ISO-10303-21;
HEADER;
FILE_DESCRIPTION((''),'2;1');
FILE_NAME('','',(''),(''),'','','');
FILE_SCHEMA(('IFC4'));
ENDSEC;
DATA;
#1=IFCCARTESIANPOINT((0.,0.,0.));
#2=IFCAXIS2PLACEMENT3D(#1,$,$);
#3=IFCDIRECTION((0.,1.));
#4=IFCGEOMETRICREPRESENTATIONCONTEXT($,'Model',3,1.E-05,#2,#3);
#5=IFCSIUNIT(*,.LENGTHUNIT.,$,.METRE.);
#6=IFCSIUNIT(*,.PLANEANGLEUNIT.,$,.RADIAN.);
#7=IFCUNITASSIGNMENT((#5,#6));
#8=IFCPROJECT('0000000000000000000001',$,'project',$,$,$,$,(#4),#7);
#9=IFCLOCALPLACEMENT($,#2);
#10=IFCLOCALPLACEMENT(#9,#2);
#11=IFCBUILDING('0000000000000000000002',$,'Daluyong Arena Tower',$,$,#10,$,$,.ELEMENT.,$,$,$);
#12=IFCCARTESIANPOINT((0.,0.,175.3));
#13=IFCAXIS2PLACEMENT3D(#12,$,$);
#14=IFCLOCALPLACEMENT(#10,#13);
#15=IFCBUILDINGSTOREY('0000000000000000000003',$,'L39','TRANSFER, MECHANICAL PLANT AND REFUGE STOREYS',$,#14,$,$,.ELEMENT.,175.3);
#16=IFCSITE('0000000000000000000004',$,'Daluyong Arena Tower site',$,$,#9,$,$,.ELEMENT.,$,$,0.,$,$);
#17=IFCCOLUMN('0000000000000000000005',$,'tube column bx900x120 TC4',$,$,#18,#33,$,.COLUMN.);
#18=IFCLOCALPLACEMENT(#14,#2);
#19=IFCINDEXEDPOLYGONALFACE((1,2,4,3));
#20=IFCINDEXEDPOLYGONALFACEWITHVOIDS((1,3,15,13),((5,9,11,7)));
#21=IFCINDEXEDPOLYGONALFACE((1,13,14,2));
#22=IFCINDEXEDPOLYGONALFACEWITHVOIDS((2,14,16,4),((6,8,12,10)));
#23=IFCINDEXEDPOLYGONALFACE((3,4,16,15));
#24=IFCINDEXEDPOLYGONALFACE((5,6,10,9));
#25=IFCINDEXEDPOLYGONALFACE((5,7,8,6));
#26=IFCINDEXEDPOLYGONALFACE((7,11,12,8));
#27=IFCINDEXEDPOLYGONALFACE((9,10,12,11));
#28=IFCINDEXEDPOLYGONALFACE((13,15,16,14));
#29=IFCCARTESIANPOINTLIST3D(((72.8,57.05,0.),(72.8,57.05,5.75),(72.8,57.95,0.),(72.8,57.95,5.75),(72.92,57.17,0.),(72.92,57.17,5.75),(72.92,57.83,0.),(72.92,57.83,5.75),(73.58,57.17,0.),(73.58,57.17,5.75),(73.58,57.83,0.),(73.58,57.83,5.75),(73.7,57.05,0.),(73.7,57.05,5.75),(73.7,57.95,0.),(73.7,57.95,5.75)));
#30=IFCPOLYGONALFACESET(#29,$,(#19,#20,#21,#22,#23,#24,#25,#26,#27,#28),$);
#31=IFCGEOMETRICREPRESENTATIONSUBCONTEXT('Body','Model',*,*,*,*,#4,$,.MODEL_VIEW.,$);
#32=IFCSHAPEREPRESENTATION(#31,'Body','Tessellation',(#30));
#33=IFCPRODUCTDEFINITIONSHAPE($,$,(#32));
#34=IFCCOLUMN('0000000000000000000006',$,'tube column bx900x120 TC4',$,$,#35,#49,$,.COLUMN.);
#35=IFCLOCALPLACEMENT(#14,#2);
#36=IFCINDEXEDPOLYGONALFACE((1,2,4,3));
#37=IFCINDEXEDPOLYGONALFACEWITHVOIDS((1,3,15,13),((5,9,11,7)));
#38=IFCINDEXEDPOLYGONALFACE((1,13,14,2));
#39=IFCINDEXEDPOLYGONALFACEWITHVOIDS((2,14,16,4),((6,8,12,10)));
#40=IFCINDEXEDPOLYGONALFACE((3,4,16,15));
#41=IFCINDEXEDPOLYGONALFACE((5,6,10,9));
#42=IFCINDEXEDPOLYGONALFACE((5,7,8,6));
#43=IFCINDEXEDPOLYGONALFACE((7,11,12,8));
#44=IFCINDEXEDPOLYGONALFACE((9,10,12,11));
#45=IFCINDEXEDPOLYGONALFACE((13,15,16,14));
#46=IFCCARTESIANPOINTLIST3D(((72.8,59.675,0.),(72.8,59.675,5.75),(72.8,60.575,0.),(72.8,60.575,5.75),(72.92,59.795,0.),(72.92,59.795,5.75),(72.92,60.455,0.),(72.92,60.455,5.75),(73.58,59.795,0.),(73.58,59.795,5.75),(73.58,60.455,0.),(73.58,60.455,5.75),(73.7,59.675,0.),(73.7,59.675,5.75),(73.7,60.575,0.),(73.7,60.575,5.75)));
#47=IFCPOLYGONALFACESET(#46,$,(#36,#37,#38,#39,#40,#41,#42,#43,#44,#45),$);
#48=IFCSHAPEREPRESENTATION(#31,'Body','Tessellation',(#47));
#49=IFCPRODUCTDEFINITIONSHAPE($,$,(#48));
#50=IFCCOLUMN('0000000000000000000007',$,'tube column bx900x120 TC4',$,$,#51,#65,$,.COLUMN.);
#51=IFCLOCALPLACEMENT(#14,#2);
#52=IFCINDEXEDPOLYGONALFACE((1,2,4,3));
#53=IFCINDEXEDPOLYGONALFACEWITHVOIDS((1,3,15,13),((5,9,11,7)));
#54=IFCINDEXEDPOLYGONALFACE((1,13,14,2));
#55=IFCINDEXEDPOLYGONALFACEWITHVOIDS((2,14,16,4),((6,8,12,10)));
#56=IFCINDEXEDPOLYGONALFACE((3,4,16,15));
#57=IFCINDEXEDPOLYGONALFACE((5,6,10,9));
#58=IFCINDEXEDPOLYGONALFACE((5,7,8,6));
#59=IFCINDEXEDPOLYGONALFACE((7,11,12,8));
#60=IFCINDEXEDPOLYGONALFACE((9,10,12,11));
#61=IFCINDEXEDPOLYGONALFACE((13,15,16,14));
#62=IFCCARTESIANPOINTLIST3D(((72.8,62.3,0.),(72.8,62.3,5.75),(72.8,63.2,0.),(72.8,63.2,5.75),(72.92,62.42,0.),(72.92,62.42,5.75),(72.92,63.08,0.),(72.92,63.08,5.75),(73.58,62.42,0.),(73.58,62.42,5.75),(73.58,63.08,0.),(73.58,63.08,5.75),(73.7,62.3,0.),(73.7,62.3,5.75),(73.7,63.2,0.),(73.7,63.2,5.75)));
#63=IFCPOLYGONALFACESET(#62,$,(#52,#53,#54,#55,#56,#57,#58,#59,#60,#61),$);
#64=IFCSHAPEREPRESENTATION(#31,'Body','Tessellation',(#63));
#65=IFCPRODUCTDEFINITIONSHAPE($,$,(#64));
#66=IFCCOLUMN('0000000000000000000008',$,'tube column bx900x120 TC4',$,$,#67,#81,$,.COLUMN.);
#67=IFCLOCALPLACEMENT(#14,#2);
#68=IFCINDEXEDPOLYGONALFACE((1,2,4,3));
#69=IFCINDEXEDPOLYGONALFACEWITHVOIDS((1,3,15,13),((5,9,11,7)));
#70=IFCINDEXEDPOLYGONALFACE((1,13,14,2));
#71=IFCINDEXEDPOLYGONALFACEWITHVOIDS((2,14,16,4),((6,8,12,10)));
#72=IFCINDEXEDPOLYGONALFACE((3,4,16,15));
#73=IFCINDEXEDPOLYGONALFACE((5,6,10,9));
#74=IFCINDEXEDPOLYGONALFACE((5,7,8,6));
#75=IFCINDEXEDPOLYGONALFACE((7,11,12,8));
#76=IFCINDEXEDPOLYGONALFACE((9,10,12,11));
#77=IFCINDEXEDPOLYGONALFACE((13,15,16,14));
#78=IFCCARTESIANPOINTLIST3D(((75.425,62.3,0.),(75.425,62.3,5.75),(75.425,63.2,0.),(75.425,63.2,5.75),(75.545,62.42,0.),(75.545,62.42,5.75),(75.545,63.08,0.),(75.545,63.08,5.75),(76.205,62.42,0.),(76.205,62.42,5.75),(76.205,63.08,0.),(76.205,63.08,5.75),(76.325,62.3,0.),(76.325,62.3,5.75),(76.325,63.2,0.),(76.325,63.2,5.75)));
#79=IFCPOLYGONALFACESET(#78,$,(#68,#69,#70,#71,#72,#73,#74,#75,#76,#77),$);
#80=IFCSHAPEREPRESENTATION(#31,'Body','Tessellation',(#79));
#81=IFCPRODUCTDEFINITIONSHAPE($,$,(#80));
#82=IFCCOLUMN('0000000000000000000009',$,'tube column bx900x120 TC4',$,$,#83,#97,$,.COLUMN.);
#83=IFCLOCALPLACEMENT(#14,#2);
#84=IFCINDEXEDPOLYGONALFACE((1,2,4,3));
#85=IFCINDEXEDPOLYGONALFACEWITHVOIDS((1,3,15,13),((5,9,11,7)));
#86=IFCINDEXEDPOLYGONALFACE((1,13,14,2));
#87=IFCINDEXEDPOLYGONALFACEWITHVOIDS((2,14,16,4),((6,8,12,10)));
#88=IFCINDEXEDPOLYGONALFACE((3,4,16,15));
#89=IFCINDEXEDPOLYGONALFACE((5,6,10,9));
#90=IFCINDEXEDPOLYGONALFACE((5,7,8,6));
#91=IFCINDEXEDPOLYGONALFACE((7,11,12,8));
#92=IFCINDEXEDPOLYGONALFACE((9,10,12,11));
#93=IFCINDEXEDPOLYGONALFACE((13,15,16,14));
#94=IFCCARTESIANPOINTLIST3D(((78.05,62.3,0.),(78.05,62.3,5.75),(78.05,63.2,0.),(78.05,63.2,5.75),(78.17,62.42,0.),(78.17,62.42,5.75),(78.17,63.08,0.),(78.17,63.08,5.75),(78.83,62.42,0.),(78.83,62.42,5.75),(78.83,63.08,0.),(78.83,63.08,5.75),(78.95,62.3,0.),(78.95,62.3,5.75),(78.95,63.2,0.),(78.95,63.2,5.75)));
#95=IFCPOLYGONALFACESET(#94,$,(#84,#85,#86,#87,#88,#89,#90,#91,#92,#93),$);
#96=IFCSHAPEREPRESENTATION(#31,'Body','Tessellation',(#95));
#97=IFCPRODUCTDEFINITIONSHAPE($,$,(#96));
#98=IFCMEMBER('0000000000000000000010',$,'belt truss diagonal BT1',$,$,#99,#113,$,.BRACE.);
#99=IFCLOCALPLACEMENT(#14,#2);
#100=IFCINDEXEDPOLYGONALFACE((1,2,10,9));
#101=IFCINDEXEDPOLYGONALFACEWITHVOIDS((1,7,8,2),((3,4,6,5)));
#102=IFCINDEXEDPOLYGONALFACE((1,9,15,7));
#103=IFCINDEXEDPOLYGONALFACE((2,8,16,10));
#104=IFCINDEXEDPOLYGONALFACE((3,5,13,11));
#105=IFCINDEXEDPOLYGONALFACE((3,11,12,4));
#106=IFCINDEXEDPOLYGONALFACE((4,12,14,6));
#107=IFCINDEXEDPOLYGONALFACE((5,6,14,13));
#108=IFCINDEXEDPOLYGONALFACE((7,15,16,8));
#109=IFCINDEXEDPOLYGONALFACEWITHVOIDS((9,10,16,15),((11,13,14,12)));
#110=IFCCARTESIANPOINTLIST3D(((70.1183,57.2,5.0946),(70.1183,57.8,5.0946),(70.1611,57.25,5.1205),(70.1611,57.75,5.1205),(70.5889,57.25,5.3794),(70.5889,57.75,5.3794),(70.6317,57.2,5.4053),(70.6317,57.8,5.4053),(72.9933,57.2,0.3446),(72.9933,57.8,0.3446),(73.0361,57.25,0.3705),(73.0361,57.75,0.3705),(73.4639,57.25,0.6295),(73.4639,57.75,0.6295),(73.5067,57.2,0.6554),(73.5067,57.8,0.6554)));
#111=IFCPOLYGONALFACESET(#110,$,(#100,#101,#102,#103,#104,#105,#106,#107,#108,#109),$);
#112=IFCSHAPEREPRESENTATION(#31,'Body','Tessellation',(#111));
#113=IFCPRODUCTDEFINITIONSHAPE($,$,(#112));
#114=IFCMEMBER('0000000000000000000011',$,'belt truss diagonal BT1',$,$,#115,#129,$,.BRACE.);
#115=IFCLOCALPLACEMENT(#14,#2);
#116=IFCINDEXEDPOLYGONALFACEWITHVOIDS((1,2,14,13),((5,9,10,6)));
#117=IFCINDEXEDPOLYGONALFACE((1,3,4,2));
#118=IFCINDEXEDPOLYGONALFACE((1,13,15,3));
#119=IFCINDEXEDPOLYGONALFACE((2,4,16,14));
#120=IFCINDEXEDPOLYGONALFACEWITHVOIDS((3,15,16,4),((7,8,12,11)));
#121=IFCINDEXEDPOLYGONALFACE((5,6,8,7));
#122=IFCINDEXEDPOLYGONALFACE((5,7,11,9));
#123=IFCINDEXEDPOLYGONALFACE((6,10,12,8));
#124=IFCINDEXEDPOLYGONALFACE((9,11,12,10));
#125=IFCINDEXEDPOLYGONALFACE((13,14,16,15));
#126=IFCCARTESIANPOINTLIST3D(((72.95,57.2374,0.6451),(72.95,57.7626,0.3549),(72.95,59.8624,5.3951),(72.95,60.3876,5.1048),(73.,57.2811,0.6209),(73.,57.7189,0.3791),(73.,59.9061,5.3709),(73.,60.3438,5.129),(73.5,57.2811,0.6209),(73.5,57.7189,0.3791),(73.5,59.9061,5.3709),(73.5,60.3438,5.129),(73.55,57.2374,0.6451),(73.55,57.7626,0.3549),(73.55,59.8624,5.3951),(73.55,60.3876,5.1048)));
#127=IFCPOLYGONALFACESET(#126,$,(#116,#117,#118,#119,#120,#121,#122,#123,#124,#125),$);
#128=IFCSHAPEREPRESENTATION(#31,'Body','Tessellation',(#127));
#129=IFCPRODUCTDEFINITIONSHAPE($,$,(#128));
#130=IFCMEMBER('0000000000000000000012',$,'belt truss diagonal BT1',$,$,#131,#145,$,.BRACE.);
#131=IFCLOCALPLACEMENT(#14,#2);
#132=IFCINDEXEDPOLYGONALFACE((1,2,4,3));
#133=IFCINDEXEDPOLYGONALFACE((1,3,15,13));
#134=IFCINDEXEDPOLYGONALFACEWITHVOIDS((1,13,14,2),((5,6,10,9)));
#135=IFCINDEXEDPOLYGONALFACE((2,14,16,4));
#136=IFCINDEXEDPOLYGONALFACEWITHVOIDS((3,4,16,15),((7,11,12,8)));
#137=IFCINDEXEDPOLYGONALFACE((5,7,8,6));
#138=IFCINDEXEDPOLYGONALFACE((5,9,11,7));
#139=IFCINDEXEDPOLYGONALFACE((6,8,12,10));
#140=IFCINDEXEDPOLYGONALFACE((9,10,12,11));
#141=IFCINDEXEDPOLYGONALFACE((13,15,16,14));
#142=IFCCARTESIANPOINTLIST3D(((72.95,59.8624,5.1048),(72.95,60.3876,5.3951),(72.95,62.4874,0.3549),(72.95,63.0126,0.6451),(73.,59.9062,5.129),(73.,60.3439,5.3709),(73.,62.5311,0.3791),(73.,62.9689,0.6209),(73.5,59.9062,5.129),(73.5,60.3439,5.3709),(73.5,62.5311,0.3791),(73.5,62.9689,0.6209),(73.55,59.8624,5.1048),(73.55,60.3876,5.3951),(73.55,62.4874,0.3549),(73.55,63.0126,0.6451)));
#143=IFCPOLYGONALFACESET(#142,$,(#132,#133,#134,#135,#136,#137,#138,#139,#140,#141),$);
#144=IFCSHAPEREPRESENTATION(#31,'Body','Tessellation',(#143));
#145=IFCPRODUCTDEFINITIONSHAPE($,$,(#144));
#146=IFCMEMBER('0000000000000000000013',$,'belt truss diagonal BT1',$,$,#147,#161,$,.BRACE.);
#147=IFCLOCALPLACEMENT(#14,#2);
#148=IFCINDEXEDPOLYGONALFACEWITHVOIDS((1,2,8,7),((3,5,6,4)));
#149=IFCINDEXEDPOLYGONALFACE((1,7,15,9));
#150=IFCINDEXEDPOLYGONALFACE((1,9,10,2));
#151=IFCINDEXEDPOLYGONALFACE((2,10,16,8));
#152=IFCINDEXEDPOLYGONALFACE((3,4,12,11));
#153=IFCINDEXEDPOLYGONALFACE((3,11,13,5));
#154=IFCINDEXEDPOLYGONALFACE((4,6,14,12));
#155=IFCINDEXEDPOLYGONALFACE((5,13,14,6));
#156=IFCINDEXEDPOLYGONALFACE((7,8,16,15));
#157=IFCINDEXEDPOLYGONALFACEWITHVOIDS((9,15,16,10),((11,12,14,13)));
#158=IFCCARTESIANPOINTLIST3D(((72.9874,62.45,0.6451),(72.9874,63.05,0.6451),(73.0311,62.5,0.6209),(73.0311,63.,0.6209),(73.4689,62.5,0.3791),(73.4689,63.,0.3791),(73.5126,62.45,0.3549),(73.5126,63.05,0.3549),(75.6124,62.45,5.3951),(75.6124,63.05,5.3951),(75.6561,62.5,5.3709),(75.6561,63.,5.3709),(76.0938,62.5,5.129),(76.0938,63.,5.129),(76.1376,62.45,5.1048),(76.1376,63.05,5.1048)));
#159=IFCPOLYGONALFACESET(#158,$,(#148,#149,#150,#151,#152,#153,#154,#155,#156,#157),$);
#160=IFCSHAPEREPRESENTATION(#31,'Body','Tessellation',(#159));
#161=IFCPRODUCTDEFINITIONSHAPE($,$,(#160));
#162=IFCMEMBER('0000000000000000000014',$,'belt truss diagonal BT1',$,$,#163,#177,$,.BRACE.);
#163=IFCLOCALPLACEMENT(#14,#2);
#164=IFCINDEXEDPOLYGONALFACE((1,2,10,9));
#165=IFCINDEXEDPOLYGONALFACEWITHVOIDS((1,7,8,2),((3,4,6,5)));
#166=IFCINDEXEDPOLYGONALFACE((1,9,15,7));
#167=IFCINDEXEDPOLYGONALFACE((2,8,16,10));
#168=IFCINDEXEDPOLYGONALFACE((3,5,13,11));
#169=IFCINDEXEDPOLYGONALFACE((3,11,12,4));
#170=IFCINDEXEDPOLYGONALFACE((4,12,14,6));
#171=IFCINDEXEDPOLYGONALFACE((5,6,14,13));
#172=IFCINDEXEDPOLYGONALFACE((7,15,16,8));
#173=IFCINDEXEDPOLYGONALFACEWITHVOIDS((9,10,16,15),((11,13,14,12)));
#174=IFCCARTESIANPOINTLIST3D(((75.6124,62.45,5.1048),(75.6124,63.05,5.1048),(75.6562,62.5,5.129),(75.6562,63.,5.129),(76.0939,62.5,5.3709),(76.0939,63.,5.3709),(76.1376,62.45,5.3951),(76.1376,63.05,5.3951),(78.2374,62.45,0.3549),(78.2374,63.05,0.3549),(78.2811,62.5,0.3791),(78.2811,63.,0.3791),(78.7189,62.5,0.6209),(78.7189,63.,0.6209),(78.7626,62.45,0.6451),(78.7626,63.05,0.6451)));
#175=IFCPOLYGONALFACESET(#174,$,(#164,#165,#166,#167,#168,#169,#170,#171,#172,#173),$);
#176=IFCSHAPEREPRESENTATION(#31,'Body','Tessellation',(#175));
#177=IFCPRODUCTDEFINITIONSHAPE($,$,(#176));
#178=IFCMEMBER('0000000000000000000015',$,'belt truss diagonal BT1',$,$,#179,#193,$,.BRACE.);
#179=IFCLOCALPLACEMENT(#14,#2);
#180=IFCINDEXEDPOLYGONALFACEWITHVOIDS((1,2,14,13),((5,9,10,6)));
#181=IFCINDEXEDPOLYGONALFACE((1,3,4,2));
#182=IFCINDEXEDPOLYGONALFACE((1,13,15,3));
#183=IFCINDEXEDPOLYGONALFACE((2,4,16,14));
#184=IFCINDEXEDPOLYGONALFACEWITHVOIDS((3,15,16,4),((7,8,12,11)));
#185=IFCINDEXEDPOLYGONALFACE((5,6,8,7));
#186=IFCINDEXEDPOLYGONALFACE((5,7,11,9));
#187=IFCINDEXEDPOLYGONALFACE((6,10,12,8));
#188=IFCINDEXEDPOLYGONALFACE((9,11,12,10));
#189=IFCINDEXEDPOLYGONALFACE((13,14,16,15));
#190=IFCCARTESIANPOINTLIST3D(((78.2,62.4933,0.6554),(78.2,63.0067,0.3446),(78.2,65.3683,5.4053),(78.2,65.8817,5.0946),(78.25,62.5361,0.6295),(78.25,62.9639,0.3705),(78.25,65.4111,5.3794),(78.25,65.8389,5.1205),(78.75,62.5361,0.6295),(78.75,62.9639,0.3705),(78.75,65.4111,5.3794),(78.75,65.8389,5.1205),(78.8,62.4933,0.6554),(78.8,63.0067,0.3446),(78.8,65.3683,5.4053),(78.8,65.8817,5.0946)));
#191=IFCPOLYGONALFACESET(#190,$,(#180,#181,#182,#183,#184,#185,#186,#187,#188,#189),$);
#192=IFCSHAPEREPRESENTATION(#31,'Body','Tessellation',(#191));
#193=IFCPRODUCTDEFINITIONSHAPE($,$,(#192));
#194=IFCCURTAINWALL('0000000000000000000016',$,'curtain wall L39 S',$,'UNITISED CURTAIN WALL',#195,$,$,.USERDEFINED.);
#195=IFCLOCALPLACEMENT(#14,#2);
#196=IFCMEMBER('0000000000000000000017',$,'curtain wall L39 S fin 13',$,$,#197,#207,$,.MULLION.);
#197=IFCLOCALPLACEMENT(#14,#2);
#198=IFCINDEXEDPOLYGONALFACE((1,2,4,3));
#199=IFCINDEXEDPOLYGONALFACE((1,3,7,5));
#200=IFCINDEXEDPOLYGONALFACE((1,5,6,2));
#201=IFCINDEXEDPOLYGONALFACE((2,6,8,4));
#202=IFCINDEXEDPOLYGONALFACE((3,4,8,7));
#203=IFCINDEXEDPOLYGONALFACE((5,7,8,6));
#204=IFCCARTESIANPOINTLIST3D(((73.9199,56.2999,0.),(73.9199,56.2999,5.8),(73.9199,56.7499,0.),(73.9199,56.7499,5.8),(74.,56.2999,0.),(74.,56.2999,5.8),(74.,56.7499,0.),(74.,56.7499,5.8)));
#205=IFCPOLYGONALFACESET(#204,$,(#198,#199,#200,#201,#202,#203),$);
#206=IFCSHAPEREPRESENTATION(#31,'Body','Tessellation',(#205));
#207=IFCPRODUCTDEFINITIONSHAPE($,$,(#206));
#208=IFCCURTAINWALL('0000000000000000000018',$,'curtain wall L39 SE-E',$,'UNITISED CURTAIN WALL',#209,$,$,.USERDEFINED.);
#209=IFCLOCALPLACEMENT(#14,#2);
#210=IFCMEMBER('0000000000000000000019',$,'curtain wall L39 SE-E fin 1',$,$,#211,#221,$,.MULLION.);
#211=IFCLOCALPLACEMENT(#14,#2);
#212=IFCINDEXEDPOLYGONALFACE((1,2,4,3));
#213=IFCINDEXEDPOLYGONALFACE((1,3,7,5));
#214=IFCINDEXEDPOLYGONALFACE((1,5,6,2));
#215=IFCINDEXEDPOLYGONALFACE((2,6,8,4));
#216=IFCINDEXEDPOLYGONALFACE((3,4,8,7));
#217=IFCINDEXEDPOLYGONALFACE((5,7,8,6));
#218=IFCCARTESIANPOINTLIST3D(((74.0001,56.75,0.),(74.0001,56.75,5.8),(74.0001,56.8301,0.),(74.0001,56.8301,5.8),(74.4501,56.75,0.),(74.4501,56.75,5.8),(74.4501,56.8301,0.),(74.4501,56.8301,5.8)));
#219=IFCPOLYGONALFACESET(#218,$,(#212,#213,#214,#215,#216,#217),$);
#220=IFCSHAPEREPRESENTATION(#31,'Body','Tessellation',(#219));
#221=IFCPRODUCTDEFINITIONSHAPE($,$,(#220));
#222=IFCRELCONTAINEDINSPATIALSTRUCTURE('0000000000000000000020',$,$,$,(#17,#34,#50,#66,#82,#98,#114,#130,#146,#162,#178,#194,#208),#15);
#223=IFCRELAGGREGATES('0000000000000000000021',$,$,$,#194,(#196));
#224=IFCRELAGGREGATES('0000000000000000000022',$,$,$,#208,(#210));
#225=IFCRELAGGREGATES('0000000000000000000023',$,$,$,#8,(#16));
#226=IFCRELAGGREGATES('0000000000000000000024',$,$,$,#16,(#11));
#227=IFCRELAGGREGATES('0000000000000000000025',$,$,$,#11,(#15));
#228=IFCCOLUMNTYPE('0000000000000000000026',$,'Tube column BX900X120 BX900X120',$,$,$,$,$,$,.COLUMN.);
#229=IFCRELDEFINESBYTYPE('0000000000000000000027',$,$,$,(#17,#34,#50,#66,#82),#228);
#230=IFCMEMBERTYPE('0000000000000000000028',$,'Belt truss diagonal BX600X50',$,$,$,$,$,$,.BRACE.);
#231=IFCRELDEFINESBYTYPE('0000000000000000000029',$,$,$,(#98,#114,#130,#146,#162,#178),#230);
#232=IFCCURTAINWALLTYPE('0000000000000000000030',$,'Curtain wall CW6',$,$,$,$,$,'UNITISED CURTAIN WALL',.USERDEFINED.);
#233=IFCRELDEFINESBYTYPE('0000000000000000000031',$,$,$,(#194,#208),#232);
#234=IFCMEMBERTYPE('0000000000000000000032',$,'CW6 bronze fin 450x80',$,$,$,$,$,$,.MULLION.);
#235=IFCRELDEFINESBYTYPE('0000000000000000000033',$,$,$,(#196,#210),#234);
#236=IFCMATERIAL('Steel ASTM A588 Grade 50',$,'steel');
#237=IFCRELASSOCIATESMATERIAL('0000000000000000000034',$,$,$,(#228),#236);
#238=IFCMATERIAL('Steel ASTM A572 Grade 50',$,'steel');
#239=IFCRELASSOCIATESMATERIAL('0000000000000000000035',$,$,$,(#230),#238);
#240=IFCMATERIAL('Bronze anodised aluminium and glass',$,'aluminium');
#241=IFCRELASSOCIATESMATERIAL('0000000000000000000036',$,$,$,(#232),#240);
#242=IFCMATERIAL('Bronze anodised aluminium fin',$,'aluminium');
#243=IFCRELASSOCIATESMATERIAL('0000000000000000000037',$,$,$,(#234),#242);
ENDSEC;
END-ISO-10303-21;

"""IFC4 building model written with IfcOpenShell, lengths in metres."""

from ifc_helpers import new_model, si_unit, direction, frame, origin, origin_2d, place, context, subcontext, project, spatial, rectangle, hollow_rectangle, extrude, material, material_profile, profile_set, type_object, element, aggregate, save


model = new_model("IFC4")

# Units and contexts
model_context = context("Model", 3, precision=1e-05, world=origin(), true_north=direction((0.0, 1.0)))
body_context = subcontext(model_context, "Body", "Model", "MODEL_VIEW")
ifc_project = project(units=[si_unit("LENGTHUNIT", "METRE"), si_unit("PLANEANGLEUNIT", "RADIAN")], contexts=[model_context])

# Site, building, storey
site_placement = place(None, origin())
site = spatial("IfcSite", under=ifc_project, at=site_placement, Name="Daluyong Arena Tower site", CompositionType="ELEMENT", RefElevation=0.0)
building_placement = place(site_placement, origin())
building = spatial("IfcBuilding", under=site, at=building_placement, Name="Daluyong Arena Tower", CompositionType="ELEMENT")
storey_placement = place(building_placement, frame((0.0, 0.0, 175.3)))
storey = spatial("IfcBuildingStorey", under=building, at=storey_placement, Name="L39", Description="TRANSFER, MECHANICAL PLANT AND REFUGE STOREYS", CompositionType="ELEMENT", Elevation=175.3)

# Columns
ifc_material_1 = material(Name="Steel ASTM A588 Grade 50", Category="steel")
ifc_material_profile_1 = material_profile(ifc_material_1, hollow_rectangle(XDim=0.8999, YDim=0.8999, WallThickness=0.12, at=origin_2d()))
ifc_profile_set_1 = profile_set([ifc_material_profile_1], Name="Steel ASTM A588 Grade 50")
column_type = type_object("IfcColumnType", Name="Tube column BX900X120 BX900X120", PredefinedType="COLUMN", material=ifc_profile_set_1)
for number, where, z_axis, x_axis, name in (
    (1, (73.25, 57.5, 0.0), (0.0, 0.0, 1.0), (0.0, 1.0, 0.0), "tube column bx900x120 TC4"),
    (2, (73.25, 60.125, 0.0), (0.0, 0.0, 1.0), (0.0, 1.0, 0.0), "tube column bx900x120 TC4"),
    (3, (73.25, 62.75, 0.0), (0.0, 0.0, 1.0), (1.0, 0.0, 0.0), "tube column bx900x120 TC4"),
    (4, (75.875, 62.75, 0.0), (0.0, 0.0, 1.0), (1.0, 0.0, 0.0), "tube column bx900x120 TC4"),
    (5, (78.5, 62.75, 0.0), (0.0, 0.0, 1.0), (0.0, 1.0, 0.0), "tube column bx900x120 TC4"),
):
    element("IfcColumn", number, at=place(storey_placement, frame(where, z_axis=z_axis, x_axis=x_axis)), inside=storey, type_object=column_type, Name=name, PredefinedType="COLUMN", context=body_context, shape_type="SweptSolid", body=[
        extrude(hollow_rectangle(XDim=0.8999, YDim=0.8999, WallThickness=0.12, at=origin_2d()), origin(), (0.0, 0.0, 1.0), 5.75),
    ])

# Members
ifc_material_2 = material(Name="Steel ASTM A572 Grade 50", Category="steel")
ifc_material_profile_2 = material_profile(ifc_material_2, hollow_rectangle(XDim=0.6001, YDim=0.6001, WallThickness=0.05, at=origin_2d()))
ifc_profile_set_2 = profile_set([ifc_material_profile_2], Name="Steel ASTM A572 Grade 50")
member_type_1 = type_object("IfcMemberType", Name="Belt truss diagonal BX600X50", PredefinedType="BRACE", material=ifc_profile_set_2)
member_1_placement = place(storey_placement, frame((73.25, 57.5, 0.5), z_axis=(-0.517803, 0.0, 0.8555), x_axis=(0.0, -1.0, 0.0)))
element("IfcMember", 6, at=member_1_placement, inside=storey, type_object=member_type_1, Name="belt truss diagonal BT1", PredefinedType="BRACE", context=body_context, shape_type="SweptSolid", body=[
    extrude(hollow_rectangle(XDim=0.6001, YDim=0.6001, WallThickness=0.05, at=origin_2d()), origin(), (0.0, 0.0, 1.0), 5.5522),
])
for number, where, z_axis, x_axis, name in (
    (7, (73.25, 57.5, 0.5), (0.0, 0.483686, 0.875242), (-1.0, 0.0, 0.0), "belt truss diagonal BT1"),
    (8, (73.25, 62.75, 0.5), (0.0, -0.483686, 0.875242), (1.0, 0.0, 0.0), "belt truss diagonal BT1"),
    (9, (73.25, 62.75, 0.5), (0.483686, 0.0, 0.875242), (0.0, 1.0, 0.0), "belt truss diagonal BT1"),
    (10, (78.5, 62.75, 0.5), (-0.483686, 0.0, 0.875242), (0.0, -1.0, 0.0), "belt truss diagonal BT1"),
):
    element("IfcMember", number, at=place(storey_placement, frame(where, z_axis=z_axis, x_axis=x_axis)), inside=storey, type_object=member_type_1, Name=name, PredefinedType="BRACE", context=body_context, shape_type="SweptSolid", body=[
        extrude(hollow_rectangle(XDim=0.6001, YDim=0.6001, WallThickness=0.05, at=origin_2d()), origin(), (0.0, 0.0, 1.0), 5.427),
    ])
member_2_placement = place(storey_placement, frame((78.5, 62.75, 0.5), z_axis=(0.0, 0.517803, 0.8555), x_axis=(-1.0, 0.0, 0.0)))
element("IfcMember", 11, at=member_2_placement, inside=storey, type_object=member_type_1, Name="belt truss diagonal BT1", PredefinedType="BRACE", context=body_context, shape_type="SweptSolid", body=[
    extrude(hollow_rectangle(XDim=0.6001, YDim=0.6001, WallThickness=0.05, at=origin_2d()), origin(), (0.0, 0.0, 1.0), 5.5522),
])

# Curtain wall, member
ifc_material_3 = material(Name="Bronze anodised aluminium and glass", Category="aluminium")
curtain_wall_type = type_object("IfcCurtainWallType", Name="Curtain wall CW6", ElementType="UNITISED CURTAIN WALL", PredefinedType="USERDEFINED", material=ifc_material_3)
curtain_wall_1_placement = place(storey_placement, origin())
curtain_wall_1 = element("IfcCurtainWall", 12, at=curtain_wall_1_placement, inside=storey, type_object=curtain_wall_type, Name="curtain wall L39 S", ObjectType="UNITISED CURTAIN WALL", PredefinedType="USERDEFINED")
ifc_material_4 = material(Name="Bronze anodised aluminium fin", Category="aluminium")
ifc_material_profile_3 = material_profile(ifc_material_4, rectangle(XDim=0.45, YDim=0.0801, at=origin_2d()))
ifc_profile_set_3 = profile_set([ifc_material_profile_3], Name="Bronze anodised aluminium fin")
member_type_2 = type_object("IfcMemberType", Name="CW6 bronze fin 450x80", PredefinedType="MULLION", material=ifc_profile_set_3)
member_3_placement = place(storey_placement, frame((73.96, 56.5249, 0.0), z_axis=(0.0, 0.0, 1.0), x_axis=(0.0, 1.0, 0.0)))
member_3 = element("IfcMember", 13, at=member_3_placement, type_object=member_type_2, Name="curtain wall L39 S fin 13", PredefinedType="MULLION", context=body_context, shape_type="SweptSolid", body=[
    extrude(rectangle(XDim=0.45, YDim=0.0801, at=origin_2d()), origin(), (0.0, 0.0, 1.0), 5.8),
])

# Curtain wall, member
curtain_wall_2_placement = place(storey_placement, origin())
curtain_wall_2 = element("IfcCurtainWall", 14, at=curtain_wall_2_placement, inside=storey, type_object=curtain_wall_type, Name="curtain wall L39 SE-E", ObjectType="UNITISED CURTAIN WALL", PredefinedType="USERDEFINED")
member_4_placement = place(storey_placement, frame((74.2251, 56.79, 0.0), z_axis=(0.0, 0.0, 1.0), x_axis=(-1.0, 0.0, 0.0)))
member_4 = element("IfcMember", 15, at=member_4_placement, type_object=member_type_2, Name="curtain wall L39 SE-E fin 1", PredefinedType="MULLION", context=body_context, shape_type="SweptSolid", body=[
    extrude(rectangle(XDim=0.45, YDim=0.0801, at=origin_2d()), origin(), (0.0, 0.0, 1.0), 5.8),
])

aggregate(curtain_wall_1, [member_3])
aggregate(curtain_wall_2, [member_4])

save(model, "model.ifc")
